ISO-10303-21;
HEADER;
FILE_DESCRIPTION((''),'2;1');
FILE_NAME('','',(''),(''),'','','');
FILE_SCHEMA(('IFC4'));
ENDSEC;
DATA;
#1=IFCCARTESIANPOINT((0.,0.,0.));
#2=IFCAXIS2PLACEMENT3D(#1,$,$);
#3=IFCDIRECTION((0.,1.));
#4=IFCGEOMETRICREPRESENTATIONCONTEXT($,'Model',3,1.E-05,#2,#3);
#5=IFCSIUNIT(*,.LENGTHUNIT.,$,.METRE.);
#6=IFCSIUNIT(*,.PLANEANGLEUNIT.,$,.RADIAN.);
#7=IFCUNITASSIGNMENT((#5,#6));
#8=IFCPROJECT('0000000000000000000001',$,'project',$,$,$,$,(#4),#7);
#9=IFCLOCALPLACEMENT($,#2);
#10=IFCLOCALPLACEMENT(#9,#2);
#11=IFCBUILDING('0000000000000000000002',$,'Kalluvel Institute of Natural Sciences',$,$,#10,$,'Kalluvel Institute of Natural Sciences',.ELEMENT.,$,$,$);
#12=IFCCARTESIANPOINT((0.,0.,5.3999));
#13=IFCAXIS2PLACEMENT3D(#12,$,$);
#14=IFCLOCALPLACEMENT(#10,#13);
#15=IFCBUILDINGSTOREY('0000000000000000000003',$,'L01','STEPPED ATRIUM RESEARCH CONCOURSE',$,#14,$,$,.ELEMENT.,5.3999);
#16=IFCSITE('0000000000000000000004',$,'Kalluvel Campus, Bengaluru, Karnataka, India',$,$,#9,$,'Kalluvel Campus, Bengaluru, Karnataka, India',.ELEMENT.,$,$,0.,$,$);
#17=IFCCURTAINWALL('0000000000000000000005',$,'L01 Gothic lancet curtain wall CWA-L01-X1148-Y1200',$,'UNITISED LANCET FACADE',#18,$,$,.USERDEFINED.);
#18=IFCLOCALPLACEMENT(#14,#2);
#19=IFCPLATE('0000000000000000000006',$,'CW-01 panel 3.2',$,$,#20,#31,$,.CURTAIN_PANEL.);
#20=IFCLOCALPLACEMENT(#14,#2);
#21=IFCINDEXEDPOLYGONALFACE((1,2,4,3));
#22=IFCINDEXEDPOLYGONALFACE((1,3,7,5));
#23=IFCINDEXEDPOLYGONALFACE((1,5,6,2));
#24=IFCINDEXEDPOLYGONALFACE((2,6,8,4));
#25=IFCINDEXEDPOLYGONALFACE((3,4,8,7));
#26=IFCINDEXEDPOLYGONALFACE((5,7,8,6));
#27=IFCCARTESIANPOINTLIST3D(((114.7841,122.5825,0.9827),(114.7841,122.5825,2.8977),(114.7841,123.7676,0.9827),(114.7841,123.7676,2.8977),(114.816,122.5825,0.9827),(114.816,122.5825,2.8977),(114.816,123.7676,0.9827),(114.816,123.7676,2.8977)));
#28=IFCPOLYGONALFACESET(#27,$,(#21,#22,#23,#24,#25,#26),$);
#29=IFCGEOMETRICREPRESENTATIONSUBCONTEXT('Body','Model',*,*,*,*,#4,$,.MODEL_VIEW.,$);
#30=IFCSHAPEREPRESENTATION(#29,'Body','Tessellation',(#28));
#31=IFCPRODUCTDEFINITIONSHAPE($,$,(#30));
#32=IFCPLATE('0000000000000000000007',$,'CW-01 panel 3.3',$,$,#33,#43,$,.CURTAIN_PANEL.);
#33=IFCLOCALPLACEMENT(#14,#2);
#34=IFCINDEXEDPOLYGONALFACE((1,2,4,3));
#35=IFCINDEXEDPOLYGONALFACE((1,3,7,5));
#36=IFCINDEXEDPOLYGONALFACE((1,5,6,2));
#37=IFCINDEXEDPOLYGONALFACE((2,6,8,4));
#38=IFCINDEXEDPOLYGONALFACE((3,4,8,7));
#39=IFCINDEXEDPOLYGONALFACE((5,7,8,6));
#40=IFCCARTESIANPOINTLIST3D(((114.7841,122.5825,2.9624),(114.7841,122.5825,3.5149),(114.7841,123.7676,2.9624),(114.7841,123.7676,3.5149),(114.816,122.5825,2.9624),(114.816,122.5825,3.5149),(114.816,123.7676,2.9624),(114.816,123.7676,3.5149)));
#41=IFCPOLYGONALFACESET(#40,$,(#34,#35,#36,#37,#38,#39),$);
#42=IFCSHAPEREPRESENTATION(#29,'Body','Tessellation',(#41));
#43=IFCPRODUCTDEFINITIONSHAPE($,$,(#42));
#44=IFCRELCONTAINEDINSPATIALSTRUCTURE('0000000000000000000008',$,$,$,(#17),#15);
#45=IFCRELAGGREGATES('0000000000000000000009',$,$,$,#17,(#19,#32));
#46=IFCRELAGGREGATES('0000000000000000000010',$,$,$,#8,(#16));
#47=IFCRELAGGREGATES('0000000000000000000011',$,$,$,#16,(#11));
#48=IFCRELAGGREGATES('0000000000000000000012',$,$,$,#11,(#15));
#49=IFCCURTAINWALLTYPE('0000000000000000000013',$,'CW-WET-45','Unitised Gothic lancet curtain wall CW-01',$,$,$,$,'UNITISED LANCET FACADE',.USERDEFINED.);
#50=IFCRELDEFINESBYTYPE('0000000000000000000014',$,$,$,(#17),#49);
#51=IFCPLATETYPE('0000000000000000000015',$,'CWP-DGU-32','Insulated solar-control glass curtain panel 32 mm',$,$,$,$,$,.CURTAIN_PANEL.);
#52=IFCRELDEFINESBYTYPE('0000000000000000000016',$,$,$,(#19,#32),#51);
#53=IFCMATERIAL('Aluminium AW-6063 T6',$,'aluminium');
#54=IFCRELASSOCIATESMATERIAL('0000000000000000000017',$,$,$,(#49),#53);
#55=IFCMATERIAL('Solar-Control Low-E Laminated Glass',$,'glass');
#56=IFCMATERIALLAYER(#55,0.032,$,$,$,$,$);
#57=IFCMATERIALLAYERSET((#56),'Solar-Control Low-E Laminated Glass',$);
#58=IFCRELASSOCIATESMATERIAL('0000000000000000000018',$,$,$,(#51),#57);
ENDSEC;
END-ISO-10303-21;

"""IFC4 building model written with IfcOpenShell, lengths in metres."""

from ifc_helpers import new_model, si_unit, direction, frame, origin, origin_2d, place, context, subcontext, project, spatial, rectangle, extrude, material, layer, layer_set, type_object, element, aggregate, save


model = new_model("IFC4")

# Units and contexts
model_context = context("Model", 3, precision=1e-05, world=origin(), true_north=direction((0.0, 1.0)))
body_context = subcontext(model_context, "Body", "Model", "MODEL_VIEW")
ifc_project = project(units=[si_unit("LENGTHUNIT", "METRE"), si_unit("PLANEANGLEUNIT", "RADIAN")], contexts=[model_context])

# Site, building, storey
site_placement = place(None, origin())
site = spatial("IfcSite", under=ifc_project, at=site_placement, Name="Kalluvel Campus, Bengaluru, Karnataka, India", LongName="Kalluvel Campus, Bengaluru, Karnataka, India", CompositionType="ELEMENT", RefElevation=0.0)
building_placement = place(site_placement, origin())
building = spatial("IfcBuilding", under=site, at=building_placement, Name="Kalluvel Institute of Natural Sciences", LongName="Kalluvel Institute of Natural Sciences", CompositionType="ELEMENT")
storey_placement = place(building_placement, frame((0.0, 0.0, 5.3999)))
storey = spatial("IfcBuildingStorey", under=building, at=storey_placement, Name="L01", Description="STEPPED ATRIUM RESEARCH CONCOURSE", CompositionType="ELEMENT", Elevation=5.3999)

# Curtain wall, plates
ifc_material_1 = material(Name="Aluminium AW-6063 T6", Category="aluminium")
curtain_wall_type = type_object("IfcCurtainWallType", Name="CW-WET-45", Description="Unitised Gothic lancet curtain wall CW-01", ElementType="UNITISED LANCET FACADE", PredefinedType="USERDEFINED", material=ifc_material_1)
curtain_wall_placement = place(storey_placement, origin())
curtain_wall = element("IfcCurtainWall", 1, at=curtain_wall_placement, inside=storey, type_object=curtain_wall_type, Name="L01 Gothic lancet curtain wall CWA-L01-X1148-Y1200", ObjectType="UNITISED LANCET FACADE", PredefinedType="USERDEFINED")
ifc_material_2 = material(Name="Solar-Control Low-E Laminated Glass", Category="glass")
ifc_layer = layer(ifc_material_2, 0.032)
ifc_layer_set = layer_set([ifc_layer], Name="Solar-Control Low-E Laminated Glass")
plate_type = type_object("IfcPlateType", Name="CWP-DGU-32", Description="Insulated solar-control glass curtain panel 32 mm", PredefinedType="CURTAIN_PANEL", material=ifc_layer_set)
plate_1_placement = place(storey_placement, frame((114.8, 123.175, 0.9827), z_axis=(0.0, 0.0, 1.0), x_axis=(0.0, 1.0, 0.0)))
plate_1 = element("IfcPlate", 2, at=plate_1_placement, type_object=plate_type, Name="CW-01 panel 3.2", PredefinedType="CURTAIN_PANEL", context=body_context, shape_type="SweptSolid", body=[
    extrude(rectangle(XDim=1.1851, YDim=0.032, at=origin_2d()), origin(), (0.0, 0.0, 1.0), 1.915),
])
plate_2_placement = place(storey_placement, frame((114.8, 123.175, 2.9624), z_axis=(0.0, 0.0, 1.0), x_axis=(0.0, 1.0, 0.0)))
plate_2 = element("IfcPlate", 3, at=plate_2_placement, type_object=plate_type, Name="CW-01 panel 3.3", PredefinedType="CURTAIN_PANEL", context=body_context, shape_type="SweptSolid", body=[
    extrude(rectangle(XDim=1.1851, YDim=0.032, at=origin_2d()), origin(), (0.0, 0.0, 1.0), 0.5525),
])
aggregate(curtain_wall, [plate_1, plate_2])

save(model, "model.ifc")
